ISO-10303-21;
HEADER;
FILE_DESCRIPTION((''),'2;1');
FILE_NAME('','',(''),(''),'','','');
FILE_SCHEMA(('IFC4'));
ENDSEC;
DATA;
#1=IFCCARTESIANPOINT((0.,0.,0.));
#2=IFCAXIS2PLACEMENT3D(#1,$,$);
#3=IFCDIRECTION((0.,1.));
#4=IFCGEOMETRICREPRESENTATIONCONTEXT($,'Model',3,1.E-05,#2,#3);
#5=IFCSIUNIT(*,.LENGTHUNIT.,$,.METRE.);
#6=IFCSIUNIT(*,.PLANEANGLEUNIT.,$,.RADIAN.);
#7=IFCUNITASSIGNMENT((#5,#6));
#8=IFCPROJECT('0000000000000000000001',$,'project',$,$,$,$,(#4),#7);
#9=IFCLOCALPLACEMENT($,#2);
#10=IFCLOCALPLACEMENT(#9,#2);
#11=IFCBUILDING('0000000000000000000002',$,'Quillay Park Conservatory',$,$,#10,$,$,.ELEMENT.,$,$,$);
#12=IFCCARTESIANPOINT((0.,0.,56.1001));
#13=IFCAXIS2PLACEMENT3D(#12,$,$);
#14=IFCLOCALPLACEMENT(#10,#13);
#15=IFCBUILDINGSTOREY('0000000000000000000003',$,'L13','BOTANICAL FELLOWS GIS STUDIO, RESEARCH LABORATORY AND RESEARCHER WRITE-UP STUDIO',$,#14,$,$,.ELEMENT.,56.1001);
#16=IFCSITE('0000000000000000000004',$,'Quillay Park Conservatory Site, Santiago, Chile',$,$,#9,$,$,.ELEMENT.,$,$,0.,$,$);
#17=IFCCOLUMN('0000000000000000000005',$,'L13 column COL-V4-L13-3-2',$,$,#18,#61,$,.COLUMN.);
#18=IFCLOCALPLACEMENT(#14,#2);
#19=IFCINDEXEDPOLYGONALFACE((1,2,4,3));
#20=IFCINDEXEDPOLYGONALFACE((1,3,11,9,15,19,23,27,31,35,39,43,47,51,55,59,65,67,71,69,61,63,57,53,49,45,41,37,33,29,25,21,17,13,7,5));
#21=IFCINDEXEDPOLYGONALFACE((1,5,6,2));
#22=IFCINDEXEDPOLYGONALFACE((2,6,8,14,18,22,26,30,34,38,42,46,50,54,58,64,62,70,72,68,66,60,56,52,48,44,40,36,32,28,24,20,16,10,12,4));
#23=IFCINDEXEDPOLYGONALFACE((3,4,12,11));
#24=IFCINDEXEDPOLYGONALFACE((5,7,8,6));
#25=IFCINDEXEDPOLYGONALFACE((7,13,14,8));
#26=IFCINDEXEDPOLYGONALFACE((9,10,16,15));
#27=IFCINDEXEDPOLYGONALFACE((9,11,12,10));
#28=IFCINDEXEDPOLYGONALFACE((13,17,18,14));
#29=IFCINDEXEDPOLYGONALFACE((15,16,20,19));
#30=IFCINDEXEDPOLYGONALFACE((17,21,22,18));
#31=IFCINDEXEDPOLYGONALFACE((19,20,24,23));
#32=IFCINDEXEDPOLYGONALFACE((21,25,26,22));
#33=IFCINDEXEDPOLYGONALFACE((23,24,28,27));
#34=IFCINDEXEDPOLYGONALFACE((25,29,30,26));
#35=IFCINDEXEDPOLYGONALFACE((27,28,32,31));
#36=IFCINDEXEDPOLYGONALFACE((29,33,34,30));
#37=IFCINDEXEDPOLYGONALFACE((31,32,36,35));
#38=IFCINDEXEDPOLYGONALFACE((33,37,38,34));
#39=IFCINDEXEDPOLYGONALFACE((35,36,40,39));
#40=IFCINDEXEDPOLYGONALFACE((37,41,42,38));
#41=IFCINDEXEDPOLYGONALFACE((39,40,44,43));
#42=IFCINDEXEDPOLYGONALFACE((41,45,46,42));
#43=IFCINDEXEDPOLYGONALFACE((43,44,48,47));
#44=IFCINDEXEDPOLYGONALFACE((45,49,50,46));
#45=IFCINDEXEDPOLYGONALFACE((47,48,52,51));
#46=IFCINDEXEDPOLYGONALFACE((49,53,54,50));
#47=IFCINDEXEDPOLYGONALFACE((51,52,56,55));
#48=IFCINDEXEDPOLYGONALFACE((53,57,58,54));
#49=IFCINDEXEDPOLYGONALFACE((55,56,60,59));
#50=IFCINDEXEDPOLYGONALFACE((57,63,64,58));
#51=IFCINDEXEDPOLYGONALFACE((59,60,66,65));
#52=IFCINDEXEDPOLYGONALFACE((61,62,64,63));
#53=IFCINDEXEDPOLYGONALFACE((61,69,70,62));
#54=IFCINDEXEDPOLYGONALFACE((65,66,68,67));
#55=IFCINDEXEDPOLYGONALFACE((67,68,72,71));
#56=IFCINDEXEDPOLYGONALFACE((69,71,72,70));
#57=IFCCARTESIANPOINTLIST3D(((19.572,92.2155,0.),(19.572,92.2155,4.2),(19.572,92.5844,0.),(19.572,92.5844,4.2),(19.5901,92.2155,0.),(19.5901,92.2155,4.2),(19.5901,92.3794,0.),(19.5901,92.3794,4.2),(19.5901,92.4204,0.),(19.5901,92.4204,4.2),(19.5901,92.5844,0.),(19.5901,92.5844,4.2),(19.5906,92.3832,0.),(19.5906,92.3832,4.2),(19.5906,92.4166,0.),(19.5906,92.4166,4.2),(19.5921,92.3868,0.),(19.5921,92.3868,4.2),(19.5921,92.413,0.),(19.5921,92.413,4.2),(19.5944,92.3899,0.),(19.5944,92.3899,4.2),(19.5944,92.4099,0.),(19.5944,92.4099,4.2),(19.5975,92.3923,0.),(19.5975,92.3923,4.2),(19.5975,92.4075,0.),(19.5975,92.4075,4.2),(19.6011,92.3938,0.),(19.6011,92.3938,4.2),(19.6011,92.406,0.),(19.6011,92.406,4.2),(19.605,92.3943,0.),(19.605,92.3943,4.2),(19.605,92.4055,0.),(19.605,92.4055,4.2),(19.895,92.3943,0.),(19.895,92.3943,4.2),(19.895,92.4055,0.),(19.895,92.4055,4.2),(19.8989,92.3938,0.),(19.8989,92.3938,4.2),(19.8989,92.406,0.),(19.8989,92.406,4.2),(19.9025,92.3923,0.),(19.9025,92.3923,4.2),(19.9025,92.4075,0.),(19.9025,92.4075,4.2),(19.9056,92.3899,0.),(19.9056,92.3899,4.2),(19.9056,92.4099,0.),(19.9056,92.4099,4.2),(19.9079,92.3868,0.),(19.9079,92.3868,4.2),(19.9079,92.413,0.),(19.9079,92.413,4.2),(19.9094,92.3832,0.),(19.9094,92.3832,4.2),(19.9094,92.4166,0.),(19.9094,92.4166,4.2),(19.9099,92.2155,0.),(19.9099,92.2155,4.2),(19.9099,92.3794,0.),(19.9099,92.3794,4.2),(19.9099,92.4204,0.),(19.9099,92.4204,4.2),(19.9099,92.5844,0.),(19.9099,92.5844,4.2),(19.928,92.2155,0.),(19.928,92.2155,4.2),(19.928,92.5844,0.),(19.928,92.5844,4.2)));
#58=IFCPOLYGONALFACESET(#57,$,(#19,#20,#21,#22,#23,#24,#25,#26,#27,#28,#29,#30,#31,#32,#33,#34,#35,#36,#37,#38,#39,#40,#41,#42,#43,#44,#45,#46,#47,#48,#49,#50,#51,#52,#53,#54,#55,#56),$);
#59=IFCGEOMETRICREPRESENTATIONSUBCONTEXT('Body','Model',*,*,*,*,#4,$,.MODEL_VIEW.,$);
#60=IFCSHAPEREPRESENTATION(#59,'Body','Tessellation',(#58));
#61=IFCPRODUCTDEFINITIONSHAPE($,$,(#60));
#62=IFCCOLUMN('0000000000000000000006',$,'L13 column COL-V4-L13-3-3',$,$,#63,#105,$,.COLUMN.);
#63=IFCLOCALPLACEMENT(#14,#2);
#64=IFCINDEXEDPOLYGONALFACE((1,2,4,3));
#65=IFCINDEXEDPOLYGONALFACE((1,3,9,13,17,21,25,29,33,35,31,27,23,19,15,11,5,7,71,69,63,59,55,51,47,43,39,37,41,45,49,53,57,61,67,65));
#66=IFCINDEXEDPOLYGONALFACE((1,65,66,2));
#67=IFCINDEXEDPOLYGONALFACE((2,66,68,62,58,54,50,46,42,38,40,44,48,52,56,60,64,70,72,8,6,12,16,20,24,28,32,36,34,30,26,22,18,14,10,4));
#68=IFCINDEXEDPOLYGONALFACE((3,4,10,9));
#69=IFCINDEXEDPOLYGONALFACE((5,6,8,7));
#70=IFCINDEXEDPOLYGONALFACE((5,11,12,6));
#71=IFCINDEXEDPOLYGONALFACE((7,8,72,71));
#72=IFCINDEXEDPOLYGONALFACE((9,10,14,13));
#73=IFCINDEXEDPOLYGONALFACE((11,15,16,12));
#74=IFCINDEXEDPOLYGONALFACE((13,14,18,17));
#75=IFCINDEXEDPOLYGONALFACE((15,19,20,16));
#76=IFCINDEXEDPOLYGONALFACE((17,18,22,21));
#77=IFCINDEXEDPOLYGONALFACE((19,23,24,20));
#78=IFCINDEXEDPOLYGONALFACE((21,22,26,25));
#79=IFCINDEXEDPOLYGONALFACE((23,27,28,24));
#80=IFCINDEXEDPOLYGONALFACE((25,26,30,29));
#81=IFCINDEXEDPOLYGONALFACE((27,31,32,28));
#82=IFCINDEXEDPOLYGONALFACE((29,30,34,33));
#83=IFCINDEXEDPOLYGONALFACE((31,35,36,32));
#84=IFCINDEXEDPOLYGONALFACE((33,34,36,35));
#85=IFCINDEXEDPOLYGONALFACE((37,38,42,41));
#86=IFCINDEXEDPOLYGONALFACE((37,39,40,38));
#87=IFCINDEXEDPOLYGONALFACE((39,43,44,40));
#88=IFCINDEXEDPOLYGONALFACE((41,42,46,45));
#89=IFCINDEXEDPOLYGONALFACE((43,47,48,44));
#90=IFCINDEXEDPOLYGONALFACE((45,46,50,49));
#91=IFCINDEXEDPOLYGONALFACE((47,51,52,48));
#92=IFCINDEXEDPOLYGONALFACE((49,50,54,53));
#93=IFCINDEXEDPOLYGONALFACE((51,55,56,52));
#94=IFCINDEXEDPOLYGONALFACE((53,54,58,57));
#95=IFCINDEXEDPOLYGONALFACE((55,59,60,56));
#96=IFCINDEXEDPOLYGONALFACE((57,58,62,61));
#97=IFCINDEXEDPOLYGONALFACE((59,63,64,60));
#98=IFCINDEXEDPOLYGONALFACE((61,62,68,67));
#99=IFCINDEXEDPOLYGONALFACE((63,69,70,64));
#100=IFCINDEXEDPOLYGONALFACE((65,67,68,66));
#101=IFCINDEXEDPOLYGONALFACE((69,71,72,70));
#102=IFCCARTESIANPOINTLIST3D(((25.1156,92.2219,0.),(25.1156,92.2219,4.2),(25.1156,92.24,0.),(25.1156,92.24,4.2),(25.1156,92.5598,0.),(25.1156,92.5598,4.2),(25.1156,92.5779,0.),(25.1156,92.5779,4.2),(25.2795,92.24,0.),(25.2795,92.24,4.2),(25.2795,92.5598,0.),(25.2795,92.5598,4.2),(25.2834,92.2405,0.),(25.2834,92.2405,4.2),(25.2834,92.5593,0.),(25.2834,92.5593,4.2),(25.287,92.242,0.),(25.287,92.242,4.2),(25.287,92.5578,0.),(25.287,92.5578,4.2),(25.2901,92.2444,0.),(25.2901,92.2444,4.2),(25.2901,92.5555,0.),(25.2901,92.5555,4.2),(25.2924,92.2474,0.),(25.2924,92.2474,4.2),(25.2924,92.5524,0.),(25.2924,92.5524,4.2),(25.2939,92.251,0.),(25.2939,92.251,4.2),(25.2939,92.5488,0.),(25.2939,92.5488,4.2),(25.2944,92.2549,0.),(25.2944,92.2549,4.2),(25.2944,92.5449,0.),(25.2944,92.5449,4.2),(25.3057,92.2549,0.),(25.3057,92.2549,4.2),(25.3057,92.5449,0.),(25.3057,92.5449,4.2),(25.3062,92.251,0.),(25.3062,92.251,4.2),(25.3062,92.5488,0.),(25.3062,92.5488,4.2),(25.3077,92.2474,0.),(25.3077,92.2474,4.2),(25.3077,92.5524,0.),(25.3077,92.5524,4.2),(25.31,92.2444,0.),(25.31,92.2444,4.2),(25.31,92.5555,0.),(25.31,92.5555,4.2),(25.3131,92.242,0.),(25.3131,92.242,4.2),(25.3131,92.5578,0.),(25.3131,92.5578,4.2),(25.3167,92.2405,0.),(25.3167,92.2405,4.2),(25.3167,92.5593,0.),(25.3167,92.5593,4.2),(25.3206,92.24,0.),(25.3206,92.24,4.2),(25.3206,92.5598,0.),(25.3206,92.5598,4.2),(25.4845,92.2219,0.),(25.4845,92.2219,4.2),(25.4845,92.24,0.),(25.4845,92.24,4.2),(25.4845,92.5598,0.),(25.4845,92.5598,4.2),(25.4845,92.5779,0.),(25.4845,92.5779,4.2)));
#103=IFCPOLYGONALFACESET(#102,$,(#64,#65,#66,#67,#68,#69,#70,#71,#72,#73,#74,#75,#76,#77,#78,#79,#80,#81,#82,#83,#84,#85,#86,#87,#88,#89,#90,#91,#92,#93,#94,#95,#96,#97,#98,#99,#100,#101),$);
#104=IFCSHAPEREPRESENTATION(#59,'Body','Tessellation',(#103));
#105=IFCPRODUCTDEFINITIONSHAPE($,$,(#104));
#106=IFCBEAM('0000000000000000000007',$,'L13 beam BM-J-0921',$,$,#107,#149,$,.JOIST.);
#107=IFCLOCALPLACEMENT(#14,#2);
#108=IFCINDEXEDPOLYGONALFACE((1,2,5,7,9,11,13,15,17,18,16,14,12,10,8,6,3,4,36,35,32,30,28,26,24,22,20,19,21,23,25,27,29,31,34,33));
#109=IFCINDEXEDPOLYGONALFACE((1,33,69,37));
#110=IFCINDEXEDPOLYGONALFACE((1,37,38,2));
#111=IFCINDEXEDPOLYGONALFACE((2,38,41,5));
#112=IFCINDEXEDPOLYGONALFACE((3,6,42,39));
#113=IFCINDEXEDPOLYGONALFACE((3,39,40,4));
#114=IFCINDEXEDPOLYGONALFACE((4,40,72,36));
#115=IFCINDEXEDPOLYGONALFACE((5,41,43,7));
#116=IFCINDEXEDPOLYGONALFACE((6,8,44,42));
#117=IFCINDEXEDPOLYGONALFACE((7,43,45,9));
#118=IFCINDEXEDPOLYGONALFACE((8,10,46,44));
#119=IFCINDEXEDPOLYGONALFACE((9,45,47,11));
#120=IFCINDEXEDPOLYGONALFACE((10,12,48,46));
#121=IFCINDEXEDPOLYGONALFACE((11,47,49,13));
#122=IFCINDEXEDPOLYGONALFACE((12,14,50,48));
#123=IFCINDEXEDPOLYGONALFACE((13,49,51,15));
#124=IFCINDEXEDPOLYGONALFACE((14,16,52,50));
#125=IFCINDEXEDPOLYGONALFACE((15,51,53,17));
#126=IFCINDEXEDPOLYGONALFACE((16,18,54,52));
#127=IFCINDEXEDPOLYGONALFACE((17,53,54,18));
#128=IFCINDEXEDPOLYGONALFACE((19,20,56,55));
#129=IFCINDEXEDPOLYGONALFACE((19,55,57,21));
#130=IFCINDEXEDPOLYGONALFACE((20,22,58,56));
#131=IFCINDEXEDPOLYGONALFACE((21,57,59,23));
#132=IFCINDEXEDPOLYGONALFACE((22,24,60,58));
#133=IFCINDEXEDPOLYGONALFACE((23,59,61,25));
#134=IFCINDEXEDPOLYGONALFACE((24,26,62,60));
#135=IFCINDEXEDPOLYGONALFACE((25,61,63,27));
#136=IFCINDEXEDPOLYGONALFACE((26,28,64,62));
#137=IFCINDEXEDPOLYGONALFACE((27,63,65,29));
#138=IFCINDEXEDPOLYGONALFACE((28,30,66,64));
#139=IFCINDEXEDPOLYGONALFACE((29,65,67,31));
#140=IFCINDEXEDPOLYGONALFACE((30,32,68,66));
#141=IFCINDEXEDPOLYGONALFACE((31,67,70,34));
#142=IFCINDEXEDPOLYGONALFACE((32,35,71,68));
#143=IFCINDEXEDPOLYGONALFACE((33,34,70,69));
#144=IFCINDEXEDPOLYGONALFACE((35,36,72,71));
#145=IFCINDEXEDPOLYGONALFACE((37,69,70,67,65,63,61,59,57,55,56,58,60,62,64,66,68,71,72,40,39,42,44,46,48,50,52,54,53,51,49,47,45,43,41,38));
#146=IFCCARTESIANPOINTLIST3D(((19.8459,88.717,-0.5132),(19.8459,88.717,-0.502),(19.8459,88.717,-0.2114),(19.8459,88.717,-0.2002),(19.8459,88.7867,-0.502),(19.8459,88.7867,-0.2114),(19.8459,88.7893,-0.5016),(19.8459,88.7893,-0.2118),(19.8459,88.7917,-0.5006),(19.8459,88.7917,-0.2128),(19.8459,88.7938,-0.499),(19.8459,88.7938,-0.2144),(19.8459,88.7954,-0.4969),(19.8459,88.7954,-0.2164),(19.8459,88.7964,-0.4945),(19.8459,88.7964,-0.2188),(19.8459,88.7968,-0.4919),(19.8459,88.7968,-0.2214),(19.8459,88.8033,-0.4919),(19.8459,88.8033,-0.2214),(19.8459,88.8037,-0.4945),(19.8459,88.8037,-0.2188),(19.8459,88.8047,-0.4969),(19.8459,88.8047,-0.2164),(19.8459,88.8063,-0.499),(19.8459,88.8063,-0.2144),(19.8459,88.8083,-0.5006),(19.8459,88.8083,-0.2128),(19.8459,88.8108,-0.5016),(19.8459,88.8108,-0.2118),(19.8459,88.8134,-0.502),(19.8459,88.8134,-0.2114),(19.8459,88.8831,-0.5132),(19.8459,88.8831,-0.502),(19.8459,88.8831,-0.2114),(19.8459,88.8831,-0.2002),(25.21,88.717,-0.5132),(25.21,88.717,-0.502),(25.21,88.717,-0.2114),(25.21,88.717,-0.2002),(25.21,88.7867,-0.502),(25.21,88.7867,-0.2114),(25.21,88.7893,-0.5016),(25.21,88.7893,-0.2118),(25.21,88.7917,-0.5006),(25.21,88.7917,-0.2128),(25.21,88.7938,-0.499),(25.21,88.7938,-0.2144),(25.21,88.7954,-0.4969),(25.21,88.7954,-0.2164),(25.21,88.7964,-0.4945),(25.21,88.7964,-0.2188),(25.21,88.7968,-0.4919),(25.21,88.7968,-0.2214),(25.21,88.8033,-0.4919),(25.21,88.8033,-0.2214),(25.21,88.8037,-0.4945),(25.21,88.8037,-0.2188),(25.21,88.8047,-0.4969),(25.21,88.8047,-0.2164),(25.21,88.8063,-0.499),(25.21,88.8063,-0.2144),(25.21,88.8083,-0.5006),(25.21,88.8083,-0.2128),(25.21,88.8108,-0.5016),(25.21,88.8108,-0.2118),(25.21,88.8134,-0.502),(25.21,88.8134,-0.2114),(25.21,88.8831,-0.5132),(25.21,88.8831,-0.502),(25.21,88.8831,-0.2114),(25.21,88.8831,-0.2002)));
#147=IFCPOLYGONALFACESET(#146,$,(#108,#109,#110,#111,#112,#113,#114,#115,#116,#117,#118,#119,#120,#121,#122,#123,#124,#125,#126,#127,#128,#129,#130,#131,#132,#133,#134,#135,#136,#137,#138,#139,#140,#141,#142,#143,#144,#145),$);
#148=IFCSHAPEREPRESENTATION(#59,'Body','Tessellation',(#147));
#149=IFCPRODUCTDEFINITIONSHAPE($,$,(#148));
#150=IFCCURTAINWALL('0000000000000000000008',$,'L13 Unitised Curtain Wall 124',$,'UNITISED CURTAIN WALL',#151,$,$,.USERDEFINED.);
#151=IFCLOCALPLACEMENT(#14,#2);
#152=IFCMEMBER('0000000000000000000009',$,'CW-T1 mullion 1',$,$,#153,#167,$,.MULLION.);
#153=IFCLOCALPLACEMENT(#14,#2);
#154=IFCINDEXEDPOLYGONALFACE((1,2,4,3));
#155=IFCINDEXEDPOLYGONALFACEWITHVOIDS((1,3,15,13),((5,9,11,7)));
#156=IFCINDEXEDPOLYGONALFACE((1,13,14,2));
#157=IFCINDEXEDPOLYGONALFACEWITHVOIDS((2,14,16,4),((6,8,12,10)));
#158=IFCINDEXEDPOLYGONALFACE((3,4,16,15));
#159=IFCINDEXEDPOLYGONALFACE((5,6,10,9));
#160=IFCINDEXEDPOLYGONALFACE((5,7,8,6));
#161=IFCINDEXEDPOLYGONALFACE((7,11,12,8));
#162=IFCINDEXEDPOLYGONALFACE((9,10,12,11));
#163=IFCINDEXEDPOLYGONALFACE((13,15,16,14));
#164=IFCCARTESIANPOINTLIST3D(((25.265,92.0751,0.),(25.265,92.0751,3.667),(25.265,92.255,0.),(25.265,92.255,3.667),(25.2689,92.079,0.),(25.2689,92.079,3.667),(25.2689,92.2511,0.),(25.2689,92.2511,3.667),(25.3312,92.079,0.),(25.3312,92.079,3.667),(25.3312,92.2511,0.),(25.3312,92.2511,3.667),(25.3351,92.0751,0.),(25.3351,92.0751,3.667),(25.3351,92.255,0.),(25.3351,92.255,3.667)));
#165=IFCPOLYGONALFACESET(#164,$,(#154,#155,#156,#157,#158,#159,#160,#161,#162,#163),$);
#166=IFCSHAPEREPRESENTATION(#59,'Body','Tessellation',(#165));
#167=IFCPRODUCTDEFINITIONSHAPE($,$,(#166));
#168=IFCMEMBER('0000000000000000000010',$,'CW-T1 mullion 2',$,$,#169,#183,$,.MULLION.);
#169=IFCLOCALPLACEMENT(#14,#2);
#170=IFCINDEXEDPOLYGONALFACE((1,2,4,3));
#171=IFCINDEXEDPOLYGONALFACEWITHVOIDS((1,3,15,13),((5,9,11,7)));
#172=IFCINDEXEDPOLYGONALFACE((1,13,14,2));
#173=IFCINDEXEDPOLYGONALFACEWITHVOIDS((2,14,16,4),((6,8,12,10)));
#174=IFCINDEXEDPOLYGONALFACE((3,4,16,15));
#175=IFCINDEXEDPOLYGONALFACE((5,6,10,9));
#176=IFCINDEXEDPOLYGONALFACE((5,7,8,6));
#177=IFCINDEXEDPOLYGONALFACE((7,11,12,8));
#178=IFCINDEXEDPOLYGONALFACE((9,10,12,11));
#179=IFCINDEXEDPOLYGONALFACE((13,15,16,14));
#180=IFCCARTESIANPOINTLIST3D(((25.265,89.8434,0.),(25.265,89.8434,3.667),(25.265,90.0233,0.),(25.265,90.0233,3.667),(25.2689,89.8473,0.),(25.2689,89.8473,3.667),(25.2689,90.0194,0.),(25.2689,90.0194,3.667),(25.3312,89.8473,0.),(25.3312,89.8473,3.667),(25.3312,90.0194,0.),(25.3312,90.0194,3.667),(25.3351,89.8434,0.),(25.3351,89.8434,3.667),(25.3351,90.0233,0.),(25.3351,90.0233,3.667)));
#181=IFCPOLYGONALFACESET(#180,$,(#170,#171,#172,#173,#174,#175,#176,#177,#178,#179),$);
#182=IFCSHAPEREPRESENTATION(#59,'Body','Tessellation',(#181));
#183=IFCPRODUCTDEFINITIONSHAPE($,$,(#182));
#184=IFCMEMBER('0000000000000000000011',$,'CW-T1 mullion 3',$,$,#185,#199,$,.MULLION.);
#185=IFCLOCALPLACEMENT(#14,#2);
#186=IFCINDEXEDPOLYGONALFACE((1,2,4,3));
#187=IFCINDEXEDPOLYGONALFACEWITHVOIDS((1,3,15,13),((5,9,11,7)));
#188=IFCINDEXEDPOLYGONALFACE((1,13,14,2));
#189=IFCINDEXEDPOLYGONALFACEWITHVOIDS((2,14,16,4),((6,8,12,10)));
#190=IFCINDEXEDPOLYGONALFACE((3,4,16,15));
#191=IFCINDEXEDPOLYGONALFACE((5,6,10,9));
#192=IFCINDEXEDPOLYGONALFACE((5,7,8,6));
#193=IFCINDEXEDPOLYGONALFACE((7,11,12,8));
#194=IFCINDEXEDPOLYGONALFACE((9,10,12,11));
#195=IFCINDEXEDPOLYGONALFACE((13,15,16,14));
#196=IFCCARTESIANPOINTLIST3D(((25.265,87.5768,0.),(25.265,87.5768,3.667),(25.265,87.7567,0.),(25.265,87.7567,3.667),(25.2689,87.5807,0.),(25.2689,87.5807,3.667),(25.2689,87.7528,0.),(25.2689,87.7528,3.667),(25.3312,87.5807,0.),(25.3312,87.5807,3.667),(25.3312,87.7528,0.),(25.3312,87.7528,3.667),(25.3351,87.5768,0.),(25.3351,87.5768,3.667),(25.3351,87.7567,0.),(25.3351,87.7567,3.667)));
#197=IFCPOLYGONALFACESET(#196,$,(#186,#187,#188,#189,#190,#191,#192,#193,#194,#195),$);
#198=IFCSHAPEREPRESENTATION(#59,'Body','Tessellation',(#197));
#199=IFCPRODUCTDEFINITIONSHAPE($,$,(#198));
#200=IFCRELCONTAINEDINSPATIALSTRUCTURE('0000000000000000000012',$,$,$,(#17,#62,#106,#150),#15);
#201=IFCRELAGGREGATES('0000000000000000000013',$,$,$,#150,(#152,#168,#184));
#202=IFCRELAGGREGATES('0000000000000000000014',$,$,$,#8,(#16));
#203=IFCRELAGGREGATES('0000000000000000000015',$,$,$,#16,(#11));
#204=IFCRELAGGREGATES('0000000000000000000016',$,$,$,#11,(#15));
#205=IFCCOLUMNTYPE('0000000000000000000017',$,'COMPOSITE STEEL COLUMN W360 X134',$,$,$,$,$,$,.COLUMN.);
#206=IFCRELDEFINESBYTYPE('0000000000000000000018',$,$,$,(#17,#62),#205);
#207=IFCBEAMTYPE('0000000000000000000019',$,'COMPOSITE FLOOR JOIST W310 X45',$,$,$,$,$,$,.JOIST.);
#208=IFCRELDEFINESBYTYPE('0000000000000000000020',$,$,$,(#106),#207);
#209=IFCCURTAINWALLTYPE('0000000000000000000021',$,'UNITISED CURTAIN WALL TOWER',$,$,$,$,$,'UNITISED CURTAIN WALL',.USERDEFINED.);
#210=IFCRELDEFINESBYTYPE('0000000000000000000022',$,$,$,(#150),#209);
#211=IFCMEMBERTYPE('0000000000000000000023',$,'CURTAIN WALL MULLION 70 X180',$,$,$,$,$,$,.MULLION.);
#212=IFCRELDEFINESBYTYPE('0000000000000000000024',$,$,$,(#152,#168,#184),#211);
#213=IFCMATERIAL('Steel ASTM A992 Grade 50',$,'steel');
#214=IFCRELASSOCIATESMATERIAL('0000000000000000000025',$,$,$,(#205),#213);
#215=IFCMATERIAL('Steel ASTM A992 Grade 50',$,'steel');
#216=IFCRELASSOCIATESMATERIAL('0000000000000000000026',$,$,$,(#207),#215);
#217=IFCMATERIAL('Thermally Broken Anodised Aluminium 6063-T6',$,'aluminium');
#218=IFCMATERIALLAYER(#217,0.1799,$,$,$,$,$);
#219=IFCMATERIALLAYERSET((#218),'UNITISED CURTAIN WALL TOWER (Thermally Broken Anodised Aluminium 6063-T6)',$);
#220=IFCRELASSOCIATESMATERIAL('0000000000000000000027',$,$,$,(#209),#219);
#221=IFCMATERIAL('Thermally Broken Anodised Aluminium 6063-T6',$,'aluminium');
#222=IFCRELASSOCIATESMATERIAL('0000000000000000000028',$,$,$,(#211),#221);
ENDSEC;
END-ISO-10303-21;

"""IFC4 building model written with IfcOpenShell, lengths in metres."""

from ifc_helpers import new_model, si_unit, direction, frame, origin, origin_2d, place, context, subcontext, project, spatial, hollow_rectangle, i_section, extrude, material, layer, layer_set, material_profile, profile_set, type_object, element, aggregate, save


model = new_model("IFC4")

# Units and contexts
model_context = context("Model", 3, precision=1e-05, world=origin(), true_north=direction((0.0, 1.0)))
body_context = subcontext(model_context, "Body", "Model", "MODEL_VIEW")
ifc_project = project(units=[si_unit("LENGTHUNIT", "METRE"), si_unit("PLANEANGLEUNIT", "RADIAN")], contexts=[model_context])

# Site, building, storey
site_placement = place(None, origin())
site = spatial("IfcSite", under=ifc_project, at=site_placement, Name="Quillay Park Conservatory Site, Santiago, Chile", CompositionType="ELEMENT", RefElevation=0.0)
building_placement = place(site_placement, origin())
building = spatial("IfcBuilding", under=site, at=building_placement, Name="Quillay Park Conservatory", CompositionType="ELEMENT")
storey_placement = place(building_placement, frame((0.0, 0.0, 56.1001)))
storey = spatial("IfcBuildingStorey", under=building, at=storey_placement, Name="L13", Description="BOTANICAL FELLOWS GIS STUDIO, RESEARCH LABORATORY AND RESEARCHER WRITE-UP STUDIO", CompositionType="ELEMENT", Elevation=56.1001)

# Columns
ifc_material_1 = material(Name="Steel ASTM A992 Grade 50", Category="steel")
ifc_material_profile_1 = material_profile(ifc_material_1, i_section(OverallWidth=0.3689, OverallDepth=0.356, WebThickness=0.0112, FlangeThickness=0.0181, FilletRadius=0.0149, at=origin_2d()), Name="W360x134")
ifc_profile_set_1 = profile_set([ifc_material_profile_1], Name="Steel ASTM A992 Grade 50")
column_type = type_object("IfcColumnType", Name="COMPOSITE STEEL COLUMN W360 X134", PredefinedType="COLUMN", material=ifc_profile_set_1)
for number, where, z_axis, x_axis, name in (
    (1, (19.75, 92.3999, 0.0), (0.0, 0.0, 1.0), (0.0, 1.0, 0.0), "L13 column COL-V4-L13-3-2"),
    (2, (25.3, 92.3999, 0.0), (0.0, 0.0, 1.0), (1.0, 0.0, 0.0), "L13 column COL-V4-L13-3-3"),
):
    element("IfcColumn", number, at=place(storey_placement, frame(where, z_axis=z_axis, x_axis=x_axis)), inside=storey, type_object=column_type, Name=name, PredefinedType="COLUMN", context=body_context, shape_type="SweptSolid", body=[
        extrude(i_section(OverallWidth=0.3689, OverallDepth=0.356, WebThickness=0.0112, FlangeThickness=0.0181, FilletRadius=0.0149, at=origin_2d()), origin(), (0.0, 0.0, 1.0), 4.2),
    ])

# Beam
ifc_material_2 = material(Name="Steel ASTM A992 Grade 50", Category="steel")
ifc_material_profile_2 = material_profile(ifc_material_2, i_section(OverallWidth=0.166, OverallDepth=0.313, WebThickness=0.0066, FlangeThickness=0.0112, FilletRadius=0.01, at=origin_2d()), Name="W310x45")
ifc_profile_set_2 = profile_set([ifc_material_profile_2], Name="Steel ASTM A992 Grade 50")
beam_type_1 = type_object("IfcBeamType", Name="COMPOSITE FLOOR JOIST W310 X45", PredefinedType="JOIST", material=ifc_profile_set_2)
beam_1_placement = place(storey_placement, frame((19.8459, 88.8, -0.3567), z_axis=(1.0, 0.0, 0.0), x_axis=(0.0, 1.0, 0.0)))
element("IfcBeam", 3, at=beam_1_placement, inside=storey, type_object=beam_type_1, Name="L13 beam BM-J-0921", PredefinedType="JOIST", context=body_context, shape_type="SweptSolid", body=[
    extrude(i_section(OverallWidth=0.166, OverallDepth=0.313, WebThickness=0.0066, FlangeThickness=0.0112, FilletRadius=0.01, at=origin_2d()), origin(), (0.0, 0.0, 1.0), 5.364),
])

# Curtain wall, members
ifc_material_3 = material(Name="Thermally Broken Anodised Aluminium 6063-T6", Category="aluminium")
ifc_layer_1 = layer(ifc_material_3, 0.1799)
ifc_layer_set_1 = layer_set([ifc_layer_1], Name="UNITISED CURTAIN WALL TOWER (Thermally Broken Anodised Aluminium 6063-T6)")
curtain_wall_type = type_object("IfcCurtainWallType", Name="UNITISED CURTAIN WALL TOWER", ElementType="UNITISED CURTAIN WALL", PredefinedType="USERDEFINED", material=ifc_layer_set_1)
curtain_wall_1_placement = place(storey_placement, origin())
curtain_wall_1 = element("IfcCurtainWall", 4, at=curtain_wall_1_placement, inside=storey, type_object=curtain_wall_type, Name="L13 Unitised Curtain Wall 124", ObjectType="UNITISED CURTAIN WALL", PredefinedType="USERDEFINED")
ifc_material_4 = material(Name="Thermally Broken Anodised Aluminium 6063-T6", Category="aluminium")
ifc_material_profile_3 = material_profile(ifc_material_4, hollow_rectangle(XDim=0.0701, YDim=0.1799, WallThickness=0.0039, at=origin_2d()), Name="AL70x180x4")
ifc_profile_set_3 = profile_set([ifc_material_profile_3], Name="Thermally Broken Anodised Aluminium 6063-T6")
member_type_1 = type_object("IfcMemberType", Name="CURTAIN WALL MULLION 70 X180", PredefinedType="MULLION", material=ifc_profile_set_3)
member_1_placement = place(storey_placement, frame((25.3, 92.165, 0.0), z_axis=(0.0, 0.0, 1.0), x_axis=(1.0, 0.0, 0.0)))
member_1 = element("IfcMember", 5, at=member_1_placement, type_object=member_type_1, Name="CW-T1 mullion 1", PredefinedType="MULLION", context=body_context, shape_type="SweptSolid", body=[
    extrude(hollow_rectangle(XDim=0.0701, YDim=0.1799, WallThickness=0.0039, at=origin_2d()), origin(), (0.0, 0.0, 1.0), 3.667),
])
member_2_placement = place(storey_placement, frame((25.3, 89.9333, 0.0), z_axis=(0.0, 0.0, 1.0), x_axis=(1.0, 0.0, 0.0)))
member_2 = element("IfcMember", 6, at=member_2_placement, type_object=member_type_1, Name="CW-T1 mullion 2", PredefinedType="MULLION", context=body_context, shape_type="SweptSolid", body=[
    extrude(hollow_rectangle(XDim=0.0701, YDim=0.1799, WallThickness=0.0039, at=origin_2d()), origin(), (0.0, 0.0, 1.0), 3.667),
])
member_3_placement = place(storey_placement, frame((25.3, 87.6667, 0.0), z_axis=(0.0, 0.0, 1.0), x_axis=(1.0, 0.0, 0.0)))
member_3 = element("IfcMember", 7, at=member_3_placement, type_object=member_type_1, Name="CW-T1 mullion 3", PredefinedType="MULLION", context=body_context, shape_type="SweptSolid", body=[
    extrude(hollow_rectangle(XDim=0.0701, YDim=0.1799, WallThickness=0.0039, at=origin_2d()), origin(), (0.0, 0.0, 1.0), 3.667),
])

aggregate(curtain_wall_1, [member_1, member_2, member_3])

save(model, "model.ifc")
